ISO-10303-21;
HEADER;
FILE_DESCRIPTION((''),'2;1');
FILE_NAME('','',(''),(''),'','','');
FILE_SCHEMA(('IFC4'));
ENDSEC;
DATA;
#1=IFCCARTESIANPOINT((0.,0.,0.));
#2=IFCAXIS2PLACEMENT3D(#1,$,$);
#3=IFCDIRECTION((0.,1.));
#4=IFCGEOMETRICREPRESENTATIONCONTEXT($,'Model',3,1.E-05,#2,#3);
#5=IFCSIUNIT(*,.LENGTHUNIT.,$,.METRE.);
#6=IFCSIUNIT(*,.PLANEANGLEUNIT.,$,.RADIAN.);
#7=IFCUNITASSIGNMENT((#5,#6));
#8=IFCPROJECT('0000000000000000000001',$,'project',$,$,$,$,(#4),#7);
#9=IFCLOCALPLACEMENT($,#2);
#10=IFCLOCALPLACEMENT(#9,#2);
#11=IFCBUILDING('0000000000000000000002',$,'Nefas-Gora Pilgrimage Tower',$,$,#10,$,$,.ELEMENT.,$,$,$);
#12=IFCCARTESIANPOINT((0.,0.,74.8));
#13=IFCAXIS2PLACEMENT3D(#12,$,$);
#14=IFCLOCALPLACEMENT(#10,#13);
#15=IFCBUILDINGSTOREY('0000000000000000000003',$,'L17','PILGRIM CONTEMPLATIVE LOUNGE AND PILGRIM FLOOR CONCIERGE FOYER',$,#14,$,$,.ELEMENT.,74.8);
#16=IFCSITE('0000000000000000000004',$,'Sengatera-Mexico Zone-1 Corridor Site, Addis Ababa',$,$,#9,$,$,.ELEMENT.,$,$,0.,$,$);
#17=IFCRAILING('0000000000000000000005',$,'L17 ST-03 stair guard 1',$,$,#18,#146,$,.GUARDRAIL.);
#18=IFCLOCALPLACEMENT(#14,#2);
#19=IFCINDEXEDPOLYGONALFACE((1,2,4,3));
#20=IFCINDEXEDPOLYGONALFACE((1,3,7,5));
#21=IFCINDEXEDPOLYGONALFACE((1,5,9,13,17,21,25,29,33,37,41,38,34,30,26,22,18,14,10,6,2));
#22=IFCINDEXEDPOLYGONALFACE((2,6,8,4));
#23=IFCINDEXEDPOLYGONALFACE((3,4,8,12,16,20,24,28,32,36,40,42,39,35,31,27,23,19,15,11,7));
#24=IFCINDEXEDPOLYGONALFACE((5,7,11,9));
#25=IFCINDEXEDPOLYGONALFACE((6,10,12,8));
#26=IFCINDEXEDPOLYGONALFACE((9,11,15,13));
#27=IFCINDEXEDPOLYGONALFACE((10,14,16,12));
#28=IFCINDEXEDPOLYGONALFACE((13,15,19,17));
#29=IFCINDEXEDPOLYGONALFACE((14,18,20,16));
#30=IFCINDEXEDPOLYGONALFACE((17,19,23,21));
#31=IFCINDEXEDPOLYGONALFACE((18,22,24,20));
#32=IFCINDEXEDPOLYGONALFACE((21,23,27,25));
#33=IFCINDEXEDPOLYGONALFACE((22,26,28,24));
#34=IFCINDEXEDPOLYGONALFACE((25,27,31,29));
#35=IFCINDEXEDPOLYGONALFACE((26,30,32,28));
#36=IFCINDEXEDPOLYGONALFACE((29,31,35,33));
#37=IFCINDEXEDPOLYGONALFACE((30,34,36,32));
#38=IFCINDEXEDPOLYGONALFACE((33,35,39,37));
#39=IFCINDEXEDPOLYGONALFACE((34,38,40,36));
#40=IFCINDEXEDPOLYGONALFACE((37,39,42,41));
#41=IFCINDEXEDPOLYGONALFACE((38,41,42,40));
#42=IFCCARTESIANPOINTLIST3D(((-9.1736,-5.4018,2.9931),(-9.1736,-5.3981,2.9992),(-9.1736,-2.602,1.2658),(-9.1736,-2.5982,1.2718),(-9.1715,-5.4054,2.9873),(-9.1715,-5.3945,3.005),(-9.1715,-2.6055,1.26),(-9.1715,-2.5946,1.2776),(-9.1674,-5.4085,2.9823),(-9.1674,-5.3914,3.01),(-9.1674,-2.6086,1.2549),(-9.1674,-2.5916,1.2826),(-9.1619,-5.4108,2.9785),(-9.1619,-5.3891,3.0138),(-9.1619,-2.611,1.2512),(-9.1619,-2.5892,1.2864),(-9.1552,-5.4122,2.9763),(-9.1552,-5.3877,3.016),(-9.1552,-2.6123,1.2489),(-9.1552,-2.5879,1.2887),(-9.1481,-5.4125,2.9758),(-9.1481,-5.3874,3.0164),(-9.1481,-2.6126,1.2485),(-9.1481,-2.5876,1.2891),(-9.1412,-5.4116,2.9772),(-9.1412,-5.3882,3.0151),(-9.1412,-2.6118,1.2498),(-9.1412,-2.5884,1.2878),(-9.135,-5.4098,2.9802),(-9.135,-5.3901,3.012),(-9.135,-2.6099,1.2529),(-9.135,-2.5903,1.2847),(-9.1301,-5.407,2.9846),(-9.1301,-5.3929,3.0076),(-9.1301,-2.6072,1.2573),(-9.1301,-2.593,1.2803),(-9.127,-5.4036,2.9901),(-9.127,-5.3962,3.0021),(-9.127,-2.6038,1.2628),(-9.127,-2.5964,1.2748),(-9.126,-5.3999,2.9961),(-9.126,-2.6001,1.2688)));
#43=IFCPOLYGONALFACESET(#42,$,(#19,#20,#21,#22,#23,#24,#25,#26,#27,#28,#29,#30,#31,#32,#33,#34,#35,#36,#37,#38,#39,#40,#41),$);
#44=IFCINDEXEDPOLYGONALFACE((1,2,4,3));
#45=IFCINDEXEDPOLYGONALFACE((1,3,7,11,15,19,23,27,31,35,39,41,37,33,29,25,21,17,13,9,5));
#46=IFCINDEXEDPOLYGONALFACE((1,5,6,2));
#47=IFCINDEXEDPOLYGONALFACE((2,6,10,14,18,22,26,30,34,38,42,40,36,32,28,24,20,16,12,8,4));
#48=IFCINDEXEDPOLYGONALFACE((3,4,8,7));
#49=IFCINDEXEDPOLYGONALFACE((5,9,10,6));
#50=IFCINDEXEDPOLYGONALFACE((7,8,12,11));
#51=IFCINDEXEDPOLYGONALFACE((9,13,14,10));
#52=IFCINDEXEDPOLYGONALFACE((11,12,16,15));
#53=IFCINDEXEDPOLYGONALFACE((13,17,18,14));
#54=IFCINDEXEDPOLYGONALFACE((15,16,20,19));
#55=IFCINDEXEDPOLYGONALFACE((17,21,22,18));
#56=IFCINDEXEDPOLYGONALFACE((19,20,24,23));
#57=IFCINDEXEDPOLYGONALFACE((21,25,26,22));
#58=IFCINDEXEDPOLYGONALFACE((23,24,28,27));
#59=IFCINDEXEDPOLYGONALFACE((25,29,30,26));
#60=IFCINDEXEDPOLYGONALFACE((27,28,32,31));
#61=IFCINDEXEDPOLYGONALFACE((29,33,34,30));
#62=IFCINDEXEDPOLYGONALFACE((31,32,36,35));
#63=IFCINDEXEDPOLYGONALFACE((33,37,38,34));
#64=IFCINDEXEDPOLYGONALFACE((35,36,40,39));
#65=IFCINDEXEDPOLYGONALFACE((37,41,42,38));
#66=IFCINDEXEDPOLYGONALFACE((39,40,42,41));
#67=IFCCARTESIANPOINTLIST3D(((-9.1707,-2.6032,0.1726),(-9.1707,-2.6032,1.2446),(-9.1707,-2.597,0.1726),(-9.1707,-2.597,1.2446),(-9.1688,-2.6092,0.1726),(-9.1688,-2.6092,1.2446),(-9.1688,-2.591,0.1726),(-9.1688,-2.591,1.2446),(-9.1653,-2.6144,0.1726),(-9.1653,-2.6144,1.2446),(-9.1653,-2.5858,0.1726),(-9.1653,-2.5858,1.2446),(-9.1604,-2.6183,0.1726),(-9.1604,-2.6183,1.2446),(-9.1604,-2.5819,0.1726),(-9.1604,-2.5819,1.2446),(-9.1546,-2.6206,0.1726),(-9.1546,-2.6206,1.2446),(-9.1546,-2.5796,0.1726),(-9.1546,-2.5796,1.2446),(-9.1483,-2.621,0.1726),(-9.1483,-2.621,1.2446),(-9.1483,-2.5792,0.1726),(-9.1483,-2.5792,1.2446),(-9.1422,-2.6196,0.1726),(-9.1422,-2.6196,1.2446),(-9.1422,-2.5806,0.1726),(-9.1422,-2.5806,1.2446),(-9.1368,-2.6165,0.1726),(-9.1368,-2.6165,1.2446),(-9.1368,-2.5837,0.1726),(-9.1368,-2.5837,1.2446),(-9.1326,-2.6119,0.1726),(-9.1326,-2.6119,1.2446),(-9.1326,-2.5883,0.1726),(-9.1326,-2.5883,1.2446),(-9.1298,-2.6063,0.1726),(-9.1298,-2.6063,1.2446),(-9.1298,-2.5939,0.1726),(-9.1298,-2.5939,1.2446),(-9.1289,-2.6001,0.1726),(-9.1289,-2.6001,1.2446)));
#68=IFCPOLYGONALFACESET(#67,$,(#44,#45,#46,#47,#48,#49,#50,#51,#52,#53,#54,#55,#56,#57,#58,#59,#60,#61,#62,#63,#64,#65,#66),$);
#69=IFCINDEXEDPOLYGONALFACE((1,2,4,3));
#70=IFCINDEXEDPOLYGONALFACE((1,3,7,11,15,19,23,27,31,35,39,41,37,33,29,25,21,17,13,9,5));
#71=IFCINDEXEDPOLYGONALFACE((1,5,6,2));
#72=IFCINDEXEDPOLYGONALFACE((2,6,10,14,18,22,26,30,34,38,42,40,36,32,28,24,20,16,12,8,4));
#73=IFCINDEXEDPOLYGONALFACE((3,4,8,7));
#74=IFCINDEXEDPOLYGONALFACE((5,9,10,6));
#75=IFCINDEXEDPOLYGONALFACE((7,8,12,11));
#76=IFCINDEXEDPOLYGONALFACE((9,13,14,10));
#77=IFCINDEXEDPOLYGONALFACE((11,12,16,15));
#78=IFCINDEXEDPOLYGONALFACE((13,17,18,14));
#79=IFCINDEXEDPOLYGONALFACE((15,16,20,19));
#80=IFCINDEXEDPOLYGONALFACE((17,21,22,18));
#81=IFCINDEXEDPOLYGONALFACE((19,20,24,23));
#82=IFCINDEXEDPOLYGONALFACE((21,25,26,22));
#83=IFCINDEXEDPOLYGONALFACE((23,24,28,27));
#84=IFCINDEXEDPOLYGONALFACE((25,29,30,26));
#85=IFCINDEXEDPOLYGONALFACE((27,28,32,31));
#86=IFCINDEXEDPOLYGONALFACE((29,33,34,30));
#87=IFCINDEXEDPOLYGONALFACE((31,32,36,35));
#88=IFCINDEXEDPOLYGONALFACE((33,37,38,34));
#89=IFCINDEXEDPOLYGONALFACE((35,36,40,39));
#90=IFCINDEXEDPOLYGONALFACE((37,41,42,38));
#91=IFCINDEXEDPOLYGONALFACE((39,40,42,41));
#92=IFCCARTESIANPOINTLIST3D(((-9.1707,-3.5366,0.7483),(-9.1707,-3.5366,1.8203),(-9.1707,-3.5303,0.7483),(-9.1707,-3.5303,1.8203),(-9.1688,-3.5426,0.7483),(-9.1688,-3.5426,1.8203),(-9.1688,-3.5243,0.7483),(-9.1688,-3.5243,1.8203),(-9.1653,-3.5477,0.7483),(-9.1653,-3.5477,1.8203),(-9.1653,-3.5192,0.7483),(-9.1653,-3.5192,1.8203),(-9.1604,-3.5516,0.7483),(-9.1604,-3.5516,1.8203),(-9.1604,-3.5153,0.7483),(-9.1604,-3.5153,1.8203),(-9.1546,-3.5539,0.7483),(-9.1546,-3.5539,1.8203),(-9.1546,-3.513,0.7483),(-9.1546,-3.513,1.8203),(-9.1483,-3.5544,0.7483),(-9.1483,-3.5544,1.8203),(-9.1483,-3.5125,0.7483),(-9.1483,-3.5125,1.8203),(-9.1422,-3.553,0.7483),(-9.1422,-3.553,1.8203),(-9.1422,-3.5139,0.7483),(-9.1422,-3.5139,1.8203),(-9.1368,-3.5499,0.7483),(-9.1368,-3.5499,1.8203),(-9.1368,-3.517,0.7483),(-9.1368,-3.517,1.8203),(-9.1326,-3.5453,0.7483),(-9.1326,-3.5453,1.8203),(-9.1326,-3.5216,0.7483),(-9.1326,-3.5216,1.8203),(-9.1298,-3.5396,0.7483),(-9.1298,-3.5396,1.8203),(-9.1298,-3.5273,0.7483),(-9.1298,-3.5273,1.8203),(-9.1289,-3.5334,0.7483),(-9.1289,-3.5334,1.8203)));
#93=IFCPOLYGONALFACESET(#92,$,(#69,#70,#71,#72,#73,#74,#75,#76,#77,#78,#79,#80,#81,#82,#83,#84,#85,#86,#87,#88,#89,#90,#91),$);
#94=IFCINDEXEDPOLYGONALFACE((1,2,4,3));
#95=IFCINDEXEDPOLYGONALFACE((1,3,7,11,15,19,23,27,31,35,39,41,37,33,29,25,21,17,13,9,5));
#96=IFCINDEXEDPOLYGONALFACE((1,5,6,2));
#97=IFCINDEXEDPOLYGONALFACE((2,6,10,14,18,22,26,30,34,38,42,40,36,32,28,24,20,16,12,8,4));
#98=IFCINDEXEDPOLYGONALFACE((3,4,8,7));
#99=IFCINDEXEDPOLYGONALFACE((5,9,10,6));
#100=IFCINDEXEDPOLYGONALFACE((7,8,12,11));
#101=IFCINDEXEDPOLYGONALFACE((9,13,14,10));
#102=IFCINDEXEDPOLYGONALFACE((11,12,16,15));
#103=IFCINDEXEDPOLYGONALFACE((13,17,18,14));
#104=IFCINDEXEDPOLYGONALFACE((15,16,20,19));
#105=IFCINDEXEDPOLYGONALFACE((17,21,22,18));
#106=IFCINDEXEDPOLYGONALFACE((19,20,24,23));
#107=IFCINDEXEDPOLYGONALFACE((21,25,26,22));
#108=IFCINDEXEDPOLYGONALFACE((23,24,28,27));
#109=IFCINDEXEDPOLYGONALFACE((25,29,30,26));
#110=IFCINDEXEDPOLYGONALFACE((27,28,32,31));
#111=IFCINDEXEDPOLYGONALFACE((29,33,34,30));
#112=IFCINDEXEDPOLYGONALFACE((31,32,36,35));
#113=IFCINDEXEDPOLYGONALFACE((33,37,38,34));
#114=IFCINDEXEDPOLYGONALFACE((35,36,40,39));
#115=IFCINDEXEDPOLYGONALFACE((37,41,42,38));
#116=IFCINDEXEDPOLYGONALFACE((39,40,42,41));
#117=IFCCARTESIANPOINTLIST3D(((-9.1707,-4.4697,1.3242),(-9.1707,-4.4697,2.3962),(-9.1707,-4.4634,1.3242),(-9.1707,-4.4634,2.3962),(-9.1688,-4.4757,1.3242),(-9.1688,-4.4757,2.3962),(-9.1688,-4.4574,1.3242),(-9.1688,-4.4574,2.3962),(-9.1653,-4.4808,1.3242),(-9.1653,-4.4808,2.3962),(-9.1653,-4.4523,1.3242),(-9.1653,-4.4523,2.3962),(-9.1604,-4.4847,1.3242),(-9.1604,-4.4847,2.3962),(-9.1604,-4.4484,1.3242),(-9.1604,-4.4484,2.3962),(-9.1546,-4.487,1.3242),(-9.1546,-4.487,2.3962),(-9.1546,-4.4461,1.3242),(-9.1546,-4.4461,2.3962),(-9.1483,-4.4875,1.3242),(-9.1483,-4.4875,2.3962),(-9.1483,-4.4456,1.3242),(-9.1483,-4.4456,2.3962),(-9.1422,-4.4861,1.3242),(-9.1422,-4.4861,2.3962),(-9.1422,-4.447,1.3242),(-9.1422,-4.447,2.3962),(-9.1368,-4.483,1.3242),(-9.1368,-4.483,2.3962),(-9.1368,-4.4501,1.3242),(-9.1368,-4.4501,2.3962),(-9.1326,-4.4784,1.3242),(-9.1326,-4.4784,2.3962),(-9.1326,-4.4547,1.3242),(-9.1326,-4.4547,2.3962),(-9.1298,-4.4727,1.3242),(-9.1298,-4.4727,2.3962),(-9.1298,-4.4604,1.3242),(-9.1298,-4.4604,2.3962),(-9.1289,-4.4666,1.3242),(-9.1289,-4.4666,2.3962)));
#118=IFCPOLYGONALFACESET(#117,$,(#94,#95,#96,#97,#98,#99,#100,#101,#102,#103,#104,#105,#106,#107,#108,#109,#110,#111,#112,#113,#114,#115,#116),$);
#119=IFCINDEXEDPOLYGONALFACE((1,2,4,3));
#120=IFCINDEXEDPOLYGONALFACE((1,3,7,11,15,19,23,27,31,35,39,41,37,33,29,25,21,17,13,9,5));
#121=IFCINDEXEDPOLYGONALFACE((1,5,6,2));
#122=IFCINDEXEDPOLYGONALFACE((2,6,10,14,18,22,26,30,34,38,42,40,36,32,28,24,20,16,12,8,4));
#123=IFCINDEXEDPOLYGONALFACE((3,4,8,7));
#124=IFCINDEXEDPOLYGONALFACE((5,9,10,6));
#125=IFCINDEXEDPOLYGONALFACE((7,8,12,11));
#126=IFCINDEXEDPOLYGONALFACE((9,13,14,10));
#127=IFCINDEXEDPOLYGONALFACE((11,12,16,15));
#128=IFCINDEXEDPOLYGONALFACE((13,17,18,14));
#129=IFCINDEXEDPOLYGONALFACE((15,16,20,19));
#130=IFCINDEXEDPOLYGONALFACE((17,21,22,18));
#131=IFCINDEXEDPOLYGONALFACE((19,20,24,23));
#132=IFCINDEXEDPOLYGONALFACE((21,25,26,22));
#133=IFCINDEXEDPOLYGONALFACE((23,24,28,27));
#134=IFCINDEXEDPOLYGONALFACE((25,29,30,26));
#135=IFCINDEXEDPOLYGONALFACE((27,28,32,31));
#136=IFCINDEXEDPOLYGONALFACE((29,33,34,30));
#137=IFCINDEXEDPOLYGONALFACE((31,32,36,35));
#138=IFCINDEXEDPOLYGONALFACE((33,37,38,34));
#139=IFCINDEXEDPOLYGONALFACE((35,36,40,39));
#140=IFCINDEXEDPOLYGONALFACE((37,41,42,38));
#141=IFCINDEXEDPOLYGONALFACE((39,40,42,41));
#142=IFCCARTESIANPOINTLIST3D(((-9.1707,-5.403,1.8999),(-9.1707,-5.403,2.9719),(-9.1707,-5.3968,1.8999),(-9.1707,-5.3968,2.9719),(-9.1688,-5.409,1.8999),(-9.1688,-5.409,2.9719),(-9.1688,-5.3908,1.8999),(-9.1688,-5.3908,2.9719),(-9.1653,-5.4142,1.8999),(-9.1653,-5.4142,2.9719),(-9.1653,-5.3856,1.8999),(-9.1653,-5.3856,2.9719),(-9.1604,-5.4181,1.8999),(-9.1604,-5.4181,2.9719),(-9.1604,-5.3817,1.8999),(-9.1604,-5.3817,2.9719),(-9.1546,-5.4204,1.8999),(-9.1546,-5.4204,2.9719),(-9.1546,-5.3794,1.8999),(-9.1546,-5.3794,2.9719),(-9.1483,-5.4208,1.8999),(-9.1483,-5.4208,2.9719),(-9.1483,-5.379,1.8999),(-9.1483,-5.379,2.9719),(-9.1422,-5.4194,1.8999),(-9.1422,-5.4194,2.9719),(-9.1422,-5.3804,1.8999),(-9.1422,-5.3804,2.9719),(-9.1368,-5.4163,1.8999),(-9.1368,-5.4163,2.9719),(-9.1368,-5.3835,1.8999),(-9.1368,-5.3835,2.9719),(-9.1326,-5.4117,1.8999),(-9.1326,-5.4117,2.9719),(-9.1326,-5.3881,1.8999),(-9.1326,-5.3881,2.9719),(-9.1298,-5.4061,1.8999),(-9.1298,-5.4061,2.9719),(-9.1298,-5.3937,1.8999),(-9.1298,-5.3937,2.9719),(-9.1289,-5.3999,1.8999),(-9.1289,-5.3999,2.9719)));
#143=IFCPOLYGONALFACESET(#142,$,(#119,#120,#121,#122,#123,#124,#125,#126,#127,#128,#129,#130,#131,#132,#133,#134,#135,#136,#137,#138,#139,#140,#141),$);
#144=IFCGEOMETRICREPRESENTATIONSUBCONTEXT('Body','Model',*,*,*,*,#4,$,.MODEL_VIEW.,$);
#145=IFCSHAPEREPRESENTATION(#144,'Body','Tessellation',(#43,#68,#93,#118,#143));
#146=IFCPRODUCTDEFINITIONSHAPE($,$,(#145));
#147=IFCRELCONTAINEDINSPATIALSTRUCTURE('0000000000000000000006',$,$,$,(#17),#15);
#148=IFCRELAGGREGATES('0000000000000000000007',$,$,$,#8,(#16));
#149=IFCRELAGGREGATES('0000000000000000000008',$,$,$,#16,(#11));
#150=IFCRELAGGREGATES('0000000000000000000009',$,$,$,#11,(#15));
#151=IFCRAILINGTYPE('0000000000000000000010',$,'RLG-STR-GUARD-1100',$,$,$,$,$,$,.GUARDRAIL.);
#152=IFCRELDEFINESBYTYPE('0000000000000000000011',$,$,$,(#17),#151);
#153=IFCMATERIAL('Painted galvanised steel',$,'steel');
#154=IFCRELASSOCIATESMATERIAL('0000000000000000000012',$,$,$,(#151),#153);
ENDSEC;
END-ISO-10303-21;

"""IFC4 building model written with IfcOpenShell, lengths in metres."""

from ifc_helpers import new_model, si_unit, direction, frame, origin, origin_2d, place, context, subcontext, project, spatial, circle, extrude, material, type_object, element, save


model = new_model("IFC4")

# Units and contexts
model_context = context("Model", 3, precision=1e-05, world=origin(), true_north=direction((0.0, 1.0)))
body_context = subcontext(model_context, "Body", "Model", "MODEL_VIEW")
ifc_project = project(units=[si_unit("LENGTHUNIT", "METRE"), si_unit("PLANEANGLEUNIT", "RADIAN")], contexts=[model_context])

# Site, building, storey
site_placement = place(None, origin())
site = spatial("IfcSite", under=ifc_project, at=site_placement, Name="Sengatera-Mexico Zone-1 Corridor Site, Addis Ababa", CompositionType="ELEMENT", RefElevation=0.0)
building_placement = place(site_placement, origin())
building = spatial("IfcBuilding", under=site, at=building_placement, Name="Nefas-Gora Pilgrimage Tower", CompositionType="ELEMENT")
storey_placement = place(building_placement, frame((0.0, 0.0, 74.8)))
storey = spatial("IfcBuildingStorey", under=building, at=storey_placement, Name="L17", Description="PILGRIM CONTEMPLATIVE LOUNGE AND PILGRIM FLOOR CONCIERGE FOYER", CompositionType="ELEMENT", Elevation=74.8)

# Railing
ifc_material_1 = material(Name="Painted galvanised steel", Category="steel")
railing_type_1 = type_object("IfcRailingType", Name="RLG-STR-GUARD-1100", PredefinedType="GUARDRAIL", material=ifc_material_1)
railing_1_placement = place(storey_placement, frame((-9.1499, -2.6001, 0.1726)))
element("IfcRailing", 1, at=railing_1_placement, inside=storey, type_object=railing_type_1, Name="L17 ST-03 stair guard 1", PredefinedType="GUARDRAIL", context=body_context, shape_type="SweptSolid", body=[
    extrude(circle(Radius=0.0239, at=origin_2d()), frame((0.0, 0.0, 1.0962), z_axis=(0.0, -0.851069, 0.525054), x_axis=(1.0, 0.0, 0.0)), (0.0, 0.0, 1.0), 3.2898),
    extrude(circle(Radius=0.021, at=origin_2d()), origin(), (0.0, 0.0, 1.0), 1.072),
    extrude(circle(Radius=0.021, at=origin_2d()), frame((0.0, -0.9333, 0.5757)), (0.0, 0.0, 1.0), 1.072),
    extrude(circle(Radius=0.021, at=origin_2d()), frame((0.0, -1.8665, 1.1516)), (0.0, 0.0, 1.0), 1.072),
    extrude(circle(Radius=0.021, at=origin_2d()), frame((0.0, -2.7998, 1.7273)), (0.0, 0.0, 1.0), 1.072),
])

save(model, "model.ifc")
